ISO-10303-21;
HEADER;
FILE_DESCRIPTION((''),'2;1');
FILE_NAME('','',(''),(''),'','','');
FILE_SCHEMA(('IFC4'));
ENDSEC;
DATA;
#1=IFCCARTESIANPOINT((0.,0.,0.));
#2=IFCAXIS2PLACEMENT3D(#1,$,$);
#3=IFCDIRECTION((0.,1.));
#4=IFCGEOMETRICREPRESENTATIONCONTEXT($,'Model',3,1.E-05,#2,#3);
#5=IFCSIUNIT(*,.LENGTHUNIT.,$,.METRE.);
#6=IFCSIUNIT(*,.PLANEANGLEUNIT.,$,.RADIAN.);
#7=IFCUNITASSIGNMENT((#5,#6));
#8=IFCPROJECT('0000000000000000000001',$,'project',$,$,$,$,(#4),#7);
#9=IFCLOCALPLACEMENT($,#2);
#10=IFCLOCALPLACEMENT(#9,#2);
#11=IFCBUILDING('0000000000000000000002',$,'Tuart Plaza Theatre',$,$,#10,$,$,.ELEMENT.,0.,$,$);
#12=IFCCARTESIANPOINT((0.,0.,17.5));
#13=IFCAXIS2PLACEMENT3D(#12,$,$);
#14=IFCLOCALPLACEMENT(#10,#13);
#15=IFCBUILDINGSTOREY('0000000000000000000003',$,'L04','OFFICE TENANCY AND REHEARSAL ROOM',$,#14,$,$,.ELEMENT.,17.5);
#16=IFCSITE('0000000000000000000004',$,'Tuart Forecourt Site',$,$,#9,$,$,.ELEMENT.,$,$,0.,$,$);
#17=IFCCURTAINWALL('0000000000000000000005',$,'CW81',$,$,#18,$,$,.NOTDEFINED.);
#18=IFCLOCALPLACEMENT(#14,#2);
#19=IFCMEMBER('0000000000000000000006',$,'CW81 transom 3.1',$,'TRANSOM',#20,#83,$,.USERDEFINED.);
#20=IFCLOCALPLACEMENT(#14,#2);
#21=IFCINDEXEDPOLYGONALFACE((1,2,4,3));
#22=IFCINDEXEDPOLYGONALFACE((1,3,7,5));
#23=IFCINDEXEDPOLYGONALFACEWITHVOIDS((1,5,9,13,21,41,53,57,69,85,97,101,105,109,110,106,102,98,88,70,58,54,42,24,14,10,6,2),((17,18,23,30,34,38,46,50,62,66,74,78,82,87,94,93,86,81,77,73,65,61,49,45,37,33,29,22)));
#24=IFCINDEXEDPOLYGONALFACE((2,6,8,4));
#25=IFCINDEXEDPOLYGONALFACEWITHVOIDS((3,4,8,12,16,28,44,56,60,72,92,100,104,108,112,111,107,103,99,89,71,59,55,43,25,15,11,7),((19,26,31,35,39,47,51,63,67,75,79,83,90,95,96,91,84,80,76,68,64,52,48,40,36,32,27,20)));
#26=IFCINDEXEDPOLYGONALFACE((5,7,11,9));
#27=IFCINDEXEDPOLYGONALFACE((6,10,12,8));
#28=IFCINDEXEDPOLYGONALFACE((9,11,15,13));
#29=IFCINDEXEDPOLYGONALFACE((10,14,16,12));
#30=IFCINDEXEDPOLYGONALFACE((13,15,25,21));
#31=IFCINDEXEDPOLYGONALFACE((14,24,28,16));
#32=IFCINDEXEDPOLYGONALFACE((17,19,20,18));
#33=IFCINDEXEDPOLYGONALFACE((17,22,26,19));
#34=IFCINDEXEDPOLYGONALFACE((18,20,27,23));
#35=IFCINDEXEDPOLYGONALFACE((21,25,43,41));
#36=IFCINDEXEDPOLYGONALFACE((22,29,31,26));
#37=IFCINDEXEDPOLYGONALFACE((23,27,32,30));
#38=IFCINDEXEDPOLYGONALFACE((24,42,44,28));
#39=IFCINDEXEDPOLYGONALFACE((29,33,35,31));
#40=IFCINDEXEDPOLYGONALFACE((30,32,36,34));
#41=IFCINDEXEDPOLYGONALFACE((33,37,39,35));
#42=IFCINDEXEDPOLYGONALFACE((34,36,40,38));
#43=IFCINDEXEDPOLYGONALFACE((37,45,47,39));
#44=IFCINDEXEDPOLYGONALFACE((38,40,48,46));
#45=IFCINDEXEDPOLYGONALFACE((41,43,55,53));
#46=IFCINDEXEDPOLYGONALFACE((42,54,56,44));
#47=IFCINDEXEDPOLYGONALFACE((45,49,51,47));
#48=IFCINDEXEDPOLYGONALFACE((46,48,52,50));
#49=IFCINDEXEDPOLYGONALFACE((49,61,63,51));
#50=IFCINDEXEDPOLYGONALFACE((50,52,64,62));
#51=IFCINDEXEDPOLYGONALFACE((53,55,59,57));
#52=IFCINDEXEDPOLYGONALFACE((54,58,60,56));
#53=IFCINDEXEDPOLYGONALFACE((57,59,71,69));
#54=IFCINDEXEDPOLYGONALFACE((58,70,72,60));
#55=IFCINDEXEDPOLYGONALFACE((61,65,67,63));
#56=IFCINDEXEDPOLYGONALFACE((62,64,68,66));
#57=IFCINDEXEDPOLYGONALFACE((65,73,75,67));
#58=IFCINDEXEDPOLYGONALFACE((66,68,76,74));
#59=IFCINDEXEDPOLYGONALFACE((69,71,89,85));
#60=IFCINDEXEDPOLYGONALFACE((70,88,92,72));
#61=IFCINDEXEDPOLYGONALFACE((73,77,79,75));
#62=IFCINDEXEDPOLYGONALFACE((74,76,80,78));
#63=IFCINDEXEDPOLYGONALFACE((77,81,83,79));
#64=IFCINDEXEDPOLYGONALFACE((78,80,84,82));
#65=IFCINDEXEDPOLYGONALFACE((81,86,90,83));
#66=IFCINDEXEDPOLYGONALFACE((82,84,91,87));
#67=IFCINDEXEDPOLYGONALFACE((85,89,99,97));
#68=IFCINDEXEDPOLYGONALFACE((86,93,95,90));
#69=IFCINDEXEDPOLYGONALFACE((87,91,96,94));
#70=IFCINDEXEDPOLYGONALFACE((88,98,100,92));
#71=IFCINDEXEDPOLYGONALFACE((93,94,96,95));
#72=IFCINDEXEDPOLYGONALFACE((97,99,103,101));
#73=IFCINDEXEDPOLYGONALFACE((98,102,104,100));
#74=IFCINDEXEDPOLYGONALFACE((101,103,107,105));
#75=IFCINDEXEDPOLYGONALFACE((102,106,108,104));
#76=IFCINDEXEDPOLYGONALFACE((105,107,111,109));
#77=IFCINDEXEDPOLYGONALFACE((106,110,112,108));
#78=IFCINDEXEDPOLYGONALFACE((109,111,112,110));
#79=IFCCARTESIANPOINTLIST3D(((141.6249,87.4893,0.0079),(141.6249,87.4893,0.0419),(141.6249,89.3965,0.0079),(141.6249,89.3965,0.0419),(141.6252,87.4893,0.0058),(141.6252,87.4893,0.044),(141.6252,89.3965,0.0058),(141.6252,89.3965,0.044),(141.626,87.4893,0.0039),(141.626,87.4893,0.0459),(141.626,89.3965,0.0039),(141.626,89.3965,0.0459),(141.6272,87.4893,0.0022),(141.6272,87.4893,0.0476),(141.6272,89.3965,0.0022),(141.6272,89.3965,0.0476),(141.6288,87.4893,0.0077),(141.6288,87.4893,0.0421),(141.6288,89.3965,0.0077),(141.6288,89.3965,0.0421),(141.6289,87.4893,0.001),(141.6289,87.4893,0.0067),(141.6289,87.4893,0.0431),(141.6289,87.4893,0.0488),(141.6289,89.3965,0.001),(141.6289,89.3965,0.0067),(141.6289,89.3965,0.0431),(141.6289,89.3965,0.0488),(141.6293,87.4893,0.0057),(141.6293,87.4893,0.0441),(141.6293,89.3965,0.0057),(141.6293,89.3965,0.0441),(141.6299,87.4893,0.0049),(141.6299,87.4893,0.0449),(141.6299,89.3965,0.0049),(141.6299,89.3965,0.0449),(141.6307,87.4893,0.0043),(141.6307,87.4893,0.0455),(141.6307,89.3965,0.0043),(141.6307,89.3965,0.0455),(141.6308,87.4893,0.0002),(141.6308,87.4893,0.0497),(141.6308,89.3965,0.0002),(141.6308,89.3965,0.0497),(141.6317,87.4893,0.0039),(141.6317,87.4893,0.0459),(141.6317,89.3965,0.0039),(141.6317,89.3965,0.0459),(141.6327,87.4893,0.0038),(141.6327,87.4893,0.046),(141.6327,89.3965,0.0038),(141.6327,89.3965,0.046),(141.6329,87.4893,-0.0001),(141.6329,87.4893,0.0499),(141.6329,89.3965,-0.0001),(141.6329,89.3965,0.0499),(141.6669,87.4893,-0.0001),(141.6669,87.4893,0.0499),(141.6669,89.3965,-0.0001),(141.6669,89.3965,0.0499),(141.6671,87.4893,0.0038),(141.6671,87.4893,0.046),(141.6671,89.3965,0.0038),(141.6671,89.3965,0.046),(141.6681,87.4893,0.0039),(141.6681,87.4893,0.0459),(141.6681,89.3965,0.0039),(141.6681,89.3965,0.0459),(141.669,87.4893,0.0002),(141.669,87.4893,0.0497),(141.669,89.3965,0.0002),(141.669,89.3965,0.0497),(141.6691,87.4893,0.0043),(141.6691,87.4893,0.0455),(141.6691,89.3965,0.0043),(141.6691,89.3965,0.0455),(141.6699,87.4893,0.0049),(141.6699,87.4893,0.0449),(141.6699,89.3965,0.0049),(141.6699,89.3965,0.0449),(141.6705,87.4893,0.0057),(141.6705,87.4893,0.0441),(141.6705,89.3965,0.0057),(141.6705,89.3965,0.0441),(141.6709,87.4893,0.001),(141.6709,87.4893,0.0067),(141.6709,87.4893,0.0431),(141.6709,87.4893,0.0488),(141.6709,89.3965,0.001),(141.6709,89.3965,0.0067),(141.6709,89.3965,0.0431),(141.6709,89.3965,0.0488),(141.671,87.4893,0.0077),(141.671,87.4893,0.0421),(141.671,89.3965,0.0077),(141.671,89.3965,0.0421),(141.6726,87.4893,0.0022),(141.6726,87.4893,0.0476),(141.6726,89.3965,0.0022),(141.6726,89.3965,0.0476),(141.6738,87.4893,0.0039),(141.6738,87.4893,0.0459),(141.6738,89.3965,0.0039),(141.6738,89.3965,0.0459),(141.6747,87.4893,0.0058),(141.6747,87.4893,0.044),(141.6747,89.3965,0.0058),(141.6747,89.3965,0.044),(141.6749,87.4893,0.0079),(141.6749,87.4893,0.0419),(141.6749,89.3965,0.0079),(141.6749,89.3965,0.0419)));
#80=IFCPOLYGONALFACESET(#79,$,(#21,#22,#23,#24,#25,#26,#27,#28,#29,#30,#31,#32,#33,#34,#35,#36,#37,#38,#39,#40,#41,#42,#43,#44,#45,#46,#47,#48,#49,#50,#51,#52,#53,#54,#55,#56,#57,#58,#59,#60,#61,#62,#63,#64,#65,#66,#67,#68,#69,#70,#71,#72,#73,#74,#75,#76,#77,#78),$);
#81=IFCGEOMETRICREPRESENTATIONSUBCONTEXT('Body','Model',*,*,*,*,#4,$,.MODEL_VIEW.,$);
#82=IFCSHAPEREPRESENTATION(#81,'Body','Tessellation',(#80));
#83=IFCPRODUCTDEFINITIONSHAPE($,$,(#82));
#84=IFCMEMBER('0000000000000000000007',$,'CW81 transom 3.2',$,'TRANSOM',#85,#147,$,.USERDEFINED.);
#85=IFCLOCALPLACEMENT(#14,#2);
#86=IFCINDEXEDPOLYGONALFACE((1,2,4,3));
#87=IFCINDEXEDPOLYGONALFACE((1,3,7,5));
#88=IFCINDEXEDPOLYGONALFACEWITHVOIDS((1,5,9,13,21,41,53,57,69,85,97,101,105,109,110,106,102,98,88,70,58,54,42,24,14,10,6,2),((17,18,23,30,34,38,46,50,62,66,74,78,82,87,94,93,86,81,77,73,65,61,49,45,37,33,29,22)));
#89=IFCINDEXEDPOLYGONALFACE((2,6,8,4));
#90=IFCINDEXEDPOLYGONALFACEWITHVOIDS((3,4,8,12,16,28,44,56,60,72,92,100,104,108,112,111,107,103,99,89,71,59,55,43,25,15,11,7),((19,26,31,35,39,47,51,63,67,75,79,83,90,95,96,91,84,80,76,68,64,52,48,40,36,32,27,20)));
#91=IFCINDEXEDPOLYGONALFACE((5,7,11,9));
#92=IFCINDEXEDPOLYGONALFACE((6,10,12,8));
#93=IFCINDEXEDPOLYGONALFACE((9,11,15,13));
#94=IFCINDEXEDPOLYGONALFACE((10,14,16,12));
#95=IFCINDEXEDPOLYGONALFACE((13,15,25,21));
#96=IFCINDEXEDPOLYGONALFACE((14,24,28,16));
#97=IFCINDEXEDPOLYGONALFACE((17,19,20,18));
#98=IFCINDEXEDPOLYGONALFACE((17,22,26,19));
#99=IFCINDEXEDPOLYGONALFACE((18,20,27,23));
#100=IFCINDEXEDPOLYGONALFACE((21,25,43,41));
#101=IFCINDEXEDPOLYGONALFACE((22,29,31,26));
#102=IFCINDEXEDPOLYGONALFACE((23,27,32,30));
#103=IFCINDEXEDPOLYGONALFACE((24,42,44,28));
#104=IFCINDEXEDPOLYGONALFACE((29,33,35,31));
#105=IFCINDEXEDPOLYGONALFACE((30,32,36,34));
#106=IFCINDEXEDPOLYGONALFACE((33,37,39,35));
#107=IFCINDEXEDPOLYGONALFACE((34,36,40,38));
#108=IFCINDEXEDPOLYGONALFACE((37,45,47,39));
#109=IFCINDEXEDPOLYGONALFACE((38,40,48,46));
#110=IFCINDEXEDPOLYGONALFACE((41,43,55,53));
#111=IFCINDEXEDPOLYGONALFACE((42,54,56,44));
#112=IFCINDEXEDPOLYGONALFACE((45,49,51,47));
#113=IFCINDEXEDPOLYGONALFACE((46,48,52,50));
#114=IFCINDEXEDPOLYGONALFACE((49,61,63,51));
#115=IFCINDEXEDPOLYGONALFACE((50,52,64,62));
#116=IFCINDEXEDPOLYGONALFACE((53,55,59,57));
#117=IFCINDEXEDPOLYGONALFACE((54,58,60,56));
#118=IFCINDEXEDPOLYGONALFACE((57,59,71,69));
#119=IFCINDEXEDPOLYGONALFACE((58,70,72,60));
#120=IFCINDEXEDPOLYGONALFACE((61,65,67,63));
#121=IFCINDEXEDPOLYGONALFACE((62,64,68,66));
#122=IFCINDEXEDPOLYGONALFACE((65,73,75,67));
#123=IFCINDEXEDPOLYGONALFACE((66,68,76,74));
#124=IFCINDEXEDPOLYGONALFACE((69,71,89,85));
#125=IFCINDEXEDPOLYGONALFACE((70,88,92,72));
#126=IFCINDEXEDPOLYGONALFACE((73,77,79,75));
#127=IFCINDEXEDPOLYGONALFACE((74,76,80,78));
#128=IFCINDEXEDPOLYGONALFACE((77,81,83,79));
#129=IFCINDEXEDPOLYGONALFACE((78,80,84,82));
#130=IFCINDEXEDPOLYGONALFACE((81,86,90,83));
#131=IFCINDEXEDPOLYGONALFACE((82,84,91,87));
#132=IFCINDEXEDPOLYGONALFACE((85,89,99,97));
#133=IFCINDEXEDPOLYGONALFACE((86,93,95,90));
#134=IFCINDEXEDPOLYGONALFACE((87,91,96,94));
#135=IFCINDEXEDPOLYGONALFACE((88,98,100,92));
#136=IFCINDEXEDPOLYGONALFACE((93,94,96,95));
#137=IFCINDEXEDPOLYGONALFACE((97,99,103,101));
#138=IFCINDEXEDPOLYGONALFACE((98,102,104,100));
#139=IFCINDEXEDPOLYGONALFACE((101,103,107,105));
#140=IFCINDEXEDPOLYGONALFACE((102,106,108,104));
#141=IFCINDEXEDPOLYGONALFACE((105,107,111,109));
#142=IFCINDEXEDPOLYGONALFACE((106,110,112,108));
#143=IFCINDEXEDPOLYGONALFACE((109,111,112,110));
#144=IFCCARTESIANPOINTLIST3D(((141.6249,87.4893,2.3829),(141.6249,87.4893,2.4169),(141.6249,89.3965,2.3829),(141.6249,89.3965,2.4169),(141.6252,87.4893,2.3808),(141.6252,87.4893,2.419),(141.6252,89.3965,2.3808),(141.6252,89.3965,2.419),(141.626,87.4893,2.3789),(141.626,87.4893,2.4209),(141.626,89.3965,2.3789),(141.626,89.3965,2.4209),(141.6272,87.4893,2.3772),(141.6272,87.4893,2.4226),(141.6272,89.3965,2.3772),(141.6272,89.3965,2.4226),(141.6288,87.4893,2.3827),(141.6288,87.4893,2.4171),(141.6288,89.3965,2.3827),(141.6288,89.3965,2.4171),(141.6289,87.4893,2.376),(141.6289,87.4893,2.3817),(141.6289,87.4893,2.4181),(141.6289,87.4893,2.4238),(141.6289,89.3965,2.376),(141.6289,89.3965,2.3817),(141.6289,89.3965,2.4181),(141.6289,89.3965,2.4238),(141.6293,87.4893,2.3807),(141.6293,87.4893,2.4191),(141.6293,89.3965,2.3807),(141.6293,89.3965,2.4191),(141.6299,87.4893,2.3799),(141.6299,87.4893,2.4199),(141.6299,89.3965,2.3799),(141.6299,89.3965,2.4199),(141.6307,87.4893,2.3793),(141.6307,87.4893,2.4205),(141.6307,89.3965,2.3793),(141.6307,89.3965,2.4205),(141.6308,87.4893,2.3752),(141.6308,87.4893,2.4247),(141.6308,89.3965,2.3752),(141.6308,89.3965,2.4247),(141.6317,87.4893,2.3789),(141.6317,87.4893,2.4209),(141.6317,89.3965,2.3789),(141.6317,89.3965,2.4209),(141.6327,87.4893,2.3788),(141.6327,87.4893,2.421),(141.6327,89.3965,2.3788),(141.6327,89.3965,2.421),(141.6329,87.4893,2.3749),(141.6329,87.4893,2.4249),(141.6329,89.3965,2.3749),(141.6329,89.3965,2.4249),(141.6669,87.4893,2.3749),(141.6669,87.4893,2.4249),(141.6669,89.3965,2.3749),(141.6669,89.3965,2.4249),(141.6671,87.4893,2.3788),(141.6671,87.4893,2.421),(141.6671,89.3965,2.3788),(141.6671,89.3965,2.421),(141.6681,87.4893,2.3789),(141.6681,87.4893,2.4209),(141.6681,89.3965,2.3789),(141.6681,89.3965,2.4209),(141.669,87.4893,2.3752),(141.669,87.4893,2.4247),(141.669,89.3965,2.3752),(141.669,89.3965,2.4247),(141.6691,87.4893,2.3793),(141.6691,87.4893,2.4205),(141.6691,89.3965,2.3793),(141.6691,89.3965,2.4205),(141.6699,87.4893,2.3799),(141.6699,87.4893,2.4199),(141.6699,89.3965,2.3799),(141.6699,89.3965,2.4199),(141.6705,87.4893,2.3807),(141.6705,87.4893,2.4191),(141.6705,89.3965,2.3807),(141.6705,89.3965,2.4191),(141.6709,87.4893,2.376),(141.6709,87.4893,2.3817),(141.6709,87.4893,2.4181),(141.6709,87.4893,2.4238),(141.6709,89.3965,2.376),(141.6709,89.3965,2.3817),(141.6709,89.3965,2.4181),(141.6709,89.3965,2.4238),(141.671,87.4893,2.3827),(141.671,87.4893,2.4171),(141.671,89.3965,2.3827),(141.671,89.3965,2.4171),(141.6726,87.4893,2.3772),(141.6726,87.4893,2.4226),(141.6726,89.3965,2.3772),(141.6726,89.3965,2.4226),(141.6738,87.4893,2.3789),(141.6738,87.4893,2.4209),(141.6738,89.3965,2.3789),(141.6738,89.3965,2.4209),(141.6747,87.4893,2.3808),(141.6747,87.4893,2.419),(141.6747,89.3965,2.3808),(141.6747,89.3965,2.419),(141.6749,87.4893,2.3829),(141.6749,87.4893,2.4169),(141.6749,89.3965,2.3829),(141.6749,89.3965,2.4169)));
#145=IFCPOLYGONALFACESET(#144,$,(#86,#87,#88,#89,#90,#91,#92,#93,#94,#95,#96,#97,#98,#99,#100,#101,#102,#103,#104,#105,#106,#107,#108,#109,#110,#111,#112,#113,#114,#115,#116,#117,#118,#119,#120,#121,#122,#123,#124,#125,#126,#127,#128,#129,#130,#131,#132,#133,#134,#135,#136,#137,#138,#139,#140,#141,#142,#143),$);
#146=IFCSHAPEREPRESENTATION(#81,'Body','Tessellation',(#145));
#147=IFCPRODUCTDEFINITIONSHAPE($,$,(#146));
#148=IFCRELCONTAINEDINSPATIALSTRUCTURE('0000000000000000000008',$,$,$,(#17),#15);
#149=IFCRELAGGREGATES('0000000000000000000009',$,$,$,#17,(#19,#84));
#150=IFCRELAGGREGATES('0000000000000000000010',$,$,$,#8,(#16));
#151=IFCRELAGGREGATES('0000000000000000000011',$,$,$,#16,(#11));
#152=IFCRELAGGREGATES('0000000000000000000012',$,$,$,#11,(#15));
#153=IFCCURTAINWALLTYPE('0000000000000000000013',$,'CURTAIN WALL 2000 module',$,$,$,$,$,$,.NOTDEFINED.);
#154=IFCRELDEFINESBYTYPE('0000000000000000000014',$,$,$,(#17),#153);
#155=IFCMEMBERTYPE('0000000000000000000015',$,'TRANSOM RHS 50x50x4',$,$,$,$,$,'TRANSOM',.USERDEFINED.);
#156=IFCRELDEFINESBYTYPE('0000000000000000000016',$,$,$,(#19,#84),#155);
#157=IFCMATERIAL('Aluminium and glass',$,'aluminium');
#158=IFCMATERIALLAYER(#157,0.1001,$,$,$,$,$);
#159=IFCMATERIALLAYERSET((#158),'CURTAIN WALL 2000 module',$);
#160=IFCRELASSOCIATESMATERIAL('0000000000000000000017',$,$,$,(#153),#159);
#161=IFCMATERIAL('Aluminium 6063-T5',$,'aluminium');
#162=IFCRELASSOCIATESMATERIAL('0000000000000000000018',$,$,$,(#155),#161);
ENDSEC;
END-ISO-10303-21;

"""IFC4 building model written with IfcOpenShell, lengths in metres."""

from ifc_helpers import new_model, si_unit, direction, frame, origin, origin_2d, place, context, subcontext, project, spatial, hollow_rectangle, extrude, material, layer, layer_set, material_profile, profile_set, type_object, element, aggregate, save


model = new_model("IFC4")

# Units and contexts
model_context = context("Model", 3, precision=1e-05, world=origin(), true_north=direction((0.0, 1.0)))
body_context = subcontext(model_context, "Body", "Model", "MODEL_VIEW")
ifc_project = project(units=[si_unit("LENGTHUNIT", "METRE"), si_unit("PLANEANGLEUNIT", "RADIAN")], contexts=[model_context])

# Site, building, storey
site_placement = place(None, origin())
site = spatial("IfcSite", under=ifc_project, at=site_placement, Name="Tuart Forecourt Site", CompositionType="ELEMENT", RefElevation=0.0)
building_placement = place(site_placement, origin())
building = spatial("IfcBuilding", under=site, at=building_placement, Name="Tuart Plaza Theatre", CompositionType="ELEMENT", ElevationOfRefHeight=0.0)
storey_placement = place(building_placement, frame((0.0, 0.0, 17.5)))
storey = spatial("IfcBuildingStorey", under=building, at=storey_placement, Name="L04", Description="OFFICE TENANCY AND REHEARSAL ROOM", CompositionType="ELEMENT", Elevation=17.5)

# Curtain wall, members
ifc_material_1 = material(Name="Aluminium and glass", Category="aluminium")
ifc_layer_1 = layer(ifc_material_1, 0.1001)
ifc_layer_set_1 = layer_set([ifc_layer_1], Name="CURTAIN WALL 2000 module")
curtain_wall_type = type_object("IfcCurtainWallType", Name="CURTAIN WALL 2000 module", PredefinedType="NOTDEFINED", material=ifc_layer_set_1)
curtain_wall_placement = place(storey_placement, origin())
curtain_wall = element("IfcCurtainWall", 1, at=curtain_wall_placement, inside=storey, type_object=curtain_wall_type, Name="CW81", PredefinedType="NOTDEFINED")
ifc_material_2 = material(Name="Aluminium 6063-T5", Category="aluminium")
ifc_material_profile_1 = material_profile(ifc_material_2, hollow_rectangle(XDim=0.05, YDim=0.05, WallThickness=0.0039, InnerFilletRadius=0.0039, OuterFilletRadius=0.0081, at=origin_2d()), Name="RHS 50x50x4")
ifc_profile_set_1 = profile_set([ifc_material_profile_1], Name="Aluminium 6063-T5")
member_type_1 = type_object("IfcMemberType", Name="TRANSOM RHS 50x50x4", ElementType="TRANSOM", PredefinedType="USERDEFINED", material=ifc_profile_set_1)
member_1_placement = place(storey_placement, frame((141.6499, 87.4893, 0.0249), z_axis=(0.0, 1.0, 0.0), x_axis=(-1.0, 0.0, 0.0)))
member_1 = element("IfcMember", 2, at=member_1_placement, type_object=member_type_1, Name="CW81 transom 3.1", ObjectType="TRANSOM", PredefinedType="USERDEFINED", context=body_context, shape_type="SweptSolid", body=[
    extrude(hollow_rectangle(XDim=0.05, YDim=0.05, WallThickness=0.0039, InnerFilletRadius=0.0039, OuterFilletRadius=0.0081, at=origin_2d()), origin(), (0.0, 0.0, 1.0), 1.9072),
])
member_2_placement = place(storey_placement, frame((141.6499, 87.4893, 2.3999), z_axis=(0.0, 1.0, 0.0), x_axis=(-1.0, 0.0, 0.0)))
member_2 = element("IfcMember", 3, at=member_2_placement, type_object=member_type_1, Name="CW81 transom 3.2", ObjectType="TRANSOM", PredefinedType="USERDEFINED", context=body_context, shape_type="SweptSolid", body=[
    extrude(hollow_rectangle(XDim=0.05, YDim=0.05, WallThickness=0.0039, InnerFilletRadius=0.0039, OuterFilletRadius=0.0081, at=origin_2d()), origin(), (0.0, 0.0, 1.0), 1.9072),
])
aggregate(curtain_wall, [member_1, member_2])

save(model, "model.ifc")
